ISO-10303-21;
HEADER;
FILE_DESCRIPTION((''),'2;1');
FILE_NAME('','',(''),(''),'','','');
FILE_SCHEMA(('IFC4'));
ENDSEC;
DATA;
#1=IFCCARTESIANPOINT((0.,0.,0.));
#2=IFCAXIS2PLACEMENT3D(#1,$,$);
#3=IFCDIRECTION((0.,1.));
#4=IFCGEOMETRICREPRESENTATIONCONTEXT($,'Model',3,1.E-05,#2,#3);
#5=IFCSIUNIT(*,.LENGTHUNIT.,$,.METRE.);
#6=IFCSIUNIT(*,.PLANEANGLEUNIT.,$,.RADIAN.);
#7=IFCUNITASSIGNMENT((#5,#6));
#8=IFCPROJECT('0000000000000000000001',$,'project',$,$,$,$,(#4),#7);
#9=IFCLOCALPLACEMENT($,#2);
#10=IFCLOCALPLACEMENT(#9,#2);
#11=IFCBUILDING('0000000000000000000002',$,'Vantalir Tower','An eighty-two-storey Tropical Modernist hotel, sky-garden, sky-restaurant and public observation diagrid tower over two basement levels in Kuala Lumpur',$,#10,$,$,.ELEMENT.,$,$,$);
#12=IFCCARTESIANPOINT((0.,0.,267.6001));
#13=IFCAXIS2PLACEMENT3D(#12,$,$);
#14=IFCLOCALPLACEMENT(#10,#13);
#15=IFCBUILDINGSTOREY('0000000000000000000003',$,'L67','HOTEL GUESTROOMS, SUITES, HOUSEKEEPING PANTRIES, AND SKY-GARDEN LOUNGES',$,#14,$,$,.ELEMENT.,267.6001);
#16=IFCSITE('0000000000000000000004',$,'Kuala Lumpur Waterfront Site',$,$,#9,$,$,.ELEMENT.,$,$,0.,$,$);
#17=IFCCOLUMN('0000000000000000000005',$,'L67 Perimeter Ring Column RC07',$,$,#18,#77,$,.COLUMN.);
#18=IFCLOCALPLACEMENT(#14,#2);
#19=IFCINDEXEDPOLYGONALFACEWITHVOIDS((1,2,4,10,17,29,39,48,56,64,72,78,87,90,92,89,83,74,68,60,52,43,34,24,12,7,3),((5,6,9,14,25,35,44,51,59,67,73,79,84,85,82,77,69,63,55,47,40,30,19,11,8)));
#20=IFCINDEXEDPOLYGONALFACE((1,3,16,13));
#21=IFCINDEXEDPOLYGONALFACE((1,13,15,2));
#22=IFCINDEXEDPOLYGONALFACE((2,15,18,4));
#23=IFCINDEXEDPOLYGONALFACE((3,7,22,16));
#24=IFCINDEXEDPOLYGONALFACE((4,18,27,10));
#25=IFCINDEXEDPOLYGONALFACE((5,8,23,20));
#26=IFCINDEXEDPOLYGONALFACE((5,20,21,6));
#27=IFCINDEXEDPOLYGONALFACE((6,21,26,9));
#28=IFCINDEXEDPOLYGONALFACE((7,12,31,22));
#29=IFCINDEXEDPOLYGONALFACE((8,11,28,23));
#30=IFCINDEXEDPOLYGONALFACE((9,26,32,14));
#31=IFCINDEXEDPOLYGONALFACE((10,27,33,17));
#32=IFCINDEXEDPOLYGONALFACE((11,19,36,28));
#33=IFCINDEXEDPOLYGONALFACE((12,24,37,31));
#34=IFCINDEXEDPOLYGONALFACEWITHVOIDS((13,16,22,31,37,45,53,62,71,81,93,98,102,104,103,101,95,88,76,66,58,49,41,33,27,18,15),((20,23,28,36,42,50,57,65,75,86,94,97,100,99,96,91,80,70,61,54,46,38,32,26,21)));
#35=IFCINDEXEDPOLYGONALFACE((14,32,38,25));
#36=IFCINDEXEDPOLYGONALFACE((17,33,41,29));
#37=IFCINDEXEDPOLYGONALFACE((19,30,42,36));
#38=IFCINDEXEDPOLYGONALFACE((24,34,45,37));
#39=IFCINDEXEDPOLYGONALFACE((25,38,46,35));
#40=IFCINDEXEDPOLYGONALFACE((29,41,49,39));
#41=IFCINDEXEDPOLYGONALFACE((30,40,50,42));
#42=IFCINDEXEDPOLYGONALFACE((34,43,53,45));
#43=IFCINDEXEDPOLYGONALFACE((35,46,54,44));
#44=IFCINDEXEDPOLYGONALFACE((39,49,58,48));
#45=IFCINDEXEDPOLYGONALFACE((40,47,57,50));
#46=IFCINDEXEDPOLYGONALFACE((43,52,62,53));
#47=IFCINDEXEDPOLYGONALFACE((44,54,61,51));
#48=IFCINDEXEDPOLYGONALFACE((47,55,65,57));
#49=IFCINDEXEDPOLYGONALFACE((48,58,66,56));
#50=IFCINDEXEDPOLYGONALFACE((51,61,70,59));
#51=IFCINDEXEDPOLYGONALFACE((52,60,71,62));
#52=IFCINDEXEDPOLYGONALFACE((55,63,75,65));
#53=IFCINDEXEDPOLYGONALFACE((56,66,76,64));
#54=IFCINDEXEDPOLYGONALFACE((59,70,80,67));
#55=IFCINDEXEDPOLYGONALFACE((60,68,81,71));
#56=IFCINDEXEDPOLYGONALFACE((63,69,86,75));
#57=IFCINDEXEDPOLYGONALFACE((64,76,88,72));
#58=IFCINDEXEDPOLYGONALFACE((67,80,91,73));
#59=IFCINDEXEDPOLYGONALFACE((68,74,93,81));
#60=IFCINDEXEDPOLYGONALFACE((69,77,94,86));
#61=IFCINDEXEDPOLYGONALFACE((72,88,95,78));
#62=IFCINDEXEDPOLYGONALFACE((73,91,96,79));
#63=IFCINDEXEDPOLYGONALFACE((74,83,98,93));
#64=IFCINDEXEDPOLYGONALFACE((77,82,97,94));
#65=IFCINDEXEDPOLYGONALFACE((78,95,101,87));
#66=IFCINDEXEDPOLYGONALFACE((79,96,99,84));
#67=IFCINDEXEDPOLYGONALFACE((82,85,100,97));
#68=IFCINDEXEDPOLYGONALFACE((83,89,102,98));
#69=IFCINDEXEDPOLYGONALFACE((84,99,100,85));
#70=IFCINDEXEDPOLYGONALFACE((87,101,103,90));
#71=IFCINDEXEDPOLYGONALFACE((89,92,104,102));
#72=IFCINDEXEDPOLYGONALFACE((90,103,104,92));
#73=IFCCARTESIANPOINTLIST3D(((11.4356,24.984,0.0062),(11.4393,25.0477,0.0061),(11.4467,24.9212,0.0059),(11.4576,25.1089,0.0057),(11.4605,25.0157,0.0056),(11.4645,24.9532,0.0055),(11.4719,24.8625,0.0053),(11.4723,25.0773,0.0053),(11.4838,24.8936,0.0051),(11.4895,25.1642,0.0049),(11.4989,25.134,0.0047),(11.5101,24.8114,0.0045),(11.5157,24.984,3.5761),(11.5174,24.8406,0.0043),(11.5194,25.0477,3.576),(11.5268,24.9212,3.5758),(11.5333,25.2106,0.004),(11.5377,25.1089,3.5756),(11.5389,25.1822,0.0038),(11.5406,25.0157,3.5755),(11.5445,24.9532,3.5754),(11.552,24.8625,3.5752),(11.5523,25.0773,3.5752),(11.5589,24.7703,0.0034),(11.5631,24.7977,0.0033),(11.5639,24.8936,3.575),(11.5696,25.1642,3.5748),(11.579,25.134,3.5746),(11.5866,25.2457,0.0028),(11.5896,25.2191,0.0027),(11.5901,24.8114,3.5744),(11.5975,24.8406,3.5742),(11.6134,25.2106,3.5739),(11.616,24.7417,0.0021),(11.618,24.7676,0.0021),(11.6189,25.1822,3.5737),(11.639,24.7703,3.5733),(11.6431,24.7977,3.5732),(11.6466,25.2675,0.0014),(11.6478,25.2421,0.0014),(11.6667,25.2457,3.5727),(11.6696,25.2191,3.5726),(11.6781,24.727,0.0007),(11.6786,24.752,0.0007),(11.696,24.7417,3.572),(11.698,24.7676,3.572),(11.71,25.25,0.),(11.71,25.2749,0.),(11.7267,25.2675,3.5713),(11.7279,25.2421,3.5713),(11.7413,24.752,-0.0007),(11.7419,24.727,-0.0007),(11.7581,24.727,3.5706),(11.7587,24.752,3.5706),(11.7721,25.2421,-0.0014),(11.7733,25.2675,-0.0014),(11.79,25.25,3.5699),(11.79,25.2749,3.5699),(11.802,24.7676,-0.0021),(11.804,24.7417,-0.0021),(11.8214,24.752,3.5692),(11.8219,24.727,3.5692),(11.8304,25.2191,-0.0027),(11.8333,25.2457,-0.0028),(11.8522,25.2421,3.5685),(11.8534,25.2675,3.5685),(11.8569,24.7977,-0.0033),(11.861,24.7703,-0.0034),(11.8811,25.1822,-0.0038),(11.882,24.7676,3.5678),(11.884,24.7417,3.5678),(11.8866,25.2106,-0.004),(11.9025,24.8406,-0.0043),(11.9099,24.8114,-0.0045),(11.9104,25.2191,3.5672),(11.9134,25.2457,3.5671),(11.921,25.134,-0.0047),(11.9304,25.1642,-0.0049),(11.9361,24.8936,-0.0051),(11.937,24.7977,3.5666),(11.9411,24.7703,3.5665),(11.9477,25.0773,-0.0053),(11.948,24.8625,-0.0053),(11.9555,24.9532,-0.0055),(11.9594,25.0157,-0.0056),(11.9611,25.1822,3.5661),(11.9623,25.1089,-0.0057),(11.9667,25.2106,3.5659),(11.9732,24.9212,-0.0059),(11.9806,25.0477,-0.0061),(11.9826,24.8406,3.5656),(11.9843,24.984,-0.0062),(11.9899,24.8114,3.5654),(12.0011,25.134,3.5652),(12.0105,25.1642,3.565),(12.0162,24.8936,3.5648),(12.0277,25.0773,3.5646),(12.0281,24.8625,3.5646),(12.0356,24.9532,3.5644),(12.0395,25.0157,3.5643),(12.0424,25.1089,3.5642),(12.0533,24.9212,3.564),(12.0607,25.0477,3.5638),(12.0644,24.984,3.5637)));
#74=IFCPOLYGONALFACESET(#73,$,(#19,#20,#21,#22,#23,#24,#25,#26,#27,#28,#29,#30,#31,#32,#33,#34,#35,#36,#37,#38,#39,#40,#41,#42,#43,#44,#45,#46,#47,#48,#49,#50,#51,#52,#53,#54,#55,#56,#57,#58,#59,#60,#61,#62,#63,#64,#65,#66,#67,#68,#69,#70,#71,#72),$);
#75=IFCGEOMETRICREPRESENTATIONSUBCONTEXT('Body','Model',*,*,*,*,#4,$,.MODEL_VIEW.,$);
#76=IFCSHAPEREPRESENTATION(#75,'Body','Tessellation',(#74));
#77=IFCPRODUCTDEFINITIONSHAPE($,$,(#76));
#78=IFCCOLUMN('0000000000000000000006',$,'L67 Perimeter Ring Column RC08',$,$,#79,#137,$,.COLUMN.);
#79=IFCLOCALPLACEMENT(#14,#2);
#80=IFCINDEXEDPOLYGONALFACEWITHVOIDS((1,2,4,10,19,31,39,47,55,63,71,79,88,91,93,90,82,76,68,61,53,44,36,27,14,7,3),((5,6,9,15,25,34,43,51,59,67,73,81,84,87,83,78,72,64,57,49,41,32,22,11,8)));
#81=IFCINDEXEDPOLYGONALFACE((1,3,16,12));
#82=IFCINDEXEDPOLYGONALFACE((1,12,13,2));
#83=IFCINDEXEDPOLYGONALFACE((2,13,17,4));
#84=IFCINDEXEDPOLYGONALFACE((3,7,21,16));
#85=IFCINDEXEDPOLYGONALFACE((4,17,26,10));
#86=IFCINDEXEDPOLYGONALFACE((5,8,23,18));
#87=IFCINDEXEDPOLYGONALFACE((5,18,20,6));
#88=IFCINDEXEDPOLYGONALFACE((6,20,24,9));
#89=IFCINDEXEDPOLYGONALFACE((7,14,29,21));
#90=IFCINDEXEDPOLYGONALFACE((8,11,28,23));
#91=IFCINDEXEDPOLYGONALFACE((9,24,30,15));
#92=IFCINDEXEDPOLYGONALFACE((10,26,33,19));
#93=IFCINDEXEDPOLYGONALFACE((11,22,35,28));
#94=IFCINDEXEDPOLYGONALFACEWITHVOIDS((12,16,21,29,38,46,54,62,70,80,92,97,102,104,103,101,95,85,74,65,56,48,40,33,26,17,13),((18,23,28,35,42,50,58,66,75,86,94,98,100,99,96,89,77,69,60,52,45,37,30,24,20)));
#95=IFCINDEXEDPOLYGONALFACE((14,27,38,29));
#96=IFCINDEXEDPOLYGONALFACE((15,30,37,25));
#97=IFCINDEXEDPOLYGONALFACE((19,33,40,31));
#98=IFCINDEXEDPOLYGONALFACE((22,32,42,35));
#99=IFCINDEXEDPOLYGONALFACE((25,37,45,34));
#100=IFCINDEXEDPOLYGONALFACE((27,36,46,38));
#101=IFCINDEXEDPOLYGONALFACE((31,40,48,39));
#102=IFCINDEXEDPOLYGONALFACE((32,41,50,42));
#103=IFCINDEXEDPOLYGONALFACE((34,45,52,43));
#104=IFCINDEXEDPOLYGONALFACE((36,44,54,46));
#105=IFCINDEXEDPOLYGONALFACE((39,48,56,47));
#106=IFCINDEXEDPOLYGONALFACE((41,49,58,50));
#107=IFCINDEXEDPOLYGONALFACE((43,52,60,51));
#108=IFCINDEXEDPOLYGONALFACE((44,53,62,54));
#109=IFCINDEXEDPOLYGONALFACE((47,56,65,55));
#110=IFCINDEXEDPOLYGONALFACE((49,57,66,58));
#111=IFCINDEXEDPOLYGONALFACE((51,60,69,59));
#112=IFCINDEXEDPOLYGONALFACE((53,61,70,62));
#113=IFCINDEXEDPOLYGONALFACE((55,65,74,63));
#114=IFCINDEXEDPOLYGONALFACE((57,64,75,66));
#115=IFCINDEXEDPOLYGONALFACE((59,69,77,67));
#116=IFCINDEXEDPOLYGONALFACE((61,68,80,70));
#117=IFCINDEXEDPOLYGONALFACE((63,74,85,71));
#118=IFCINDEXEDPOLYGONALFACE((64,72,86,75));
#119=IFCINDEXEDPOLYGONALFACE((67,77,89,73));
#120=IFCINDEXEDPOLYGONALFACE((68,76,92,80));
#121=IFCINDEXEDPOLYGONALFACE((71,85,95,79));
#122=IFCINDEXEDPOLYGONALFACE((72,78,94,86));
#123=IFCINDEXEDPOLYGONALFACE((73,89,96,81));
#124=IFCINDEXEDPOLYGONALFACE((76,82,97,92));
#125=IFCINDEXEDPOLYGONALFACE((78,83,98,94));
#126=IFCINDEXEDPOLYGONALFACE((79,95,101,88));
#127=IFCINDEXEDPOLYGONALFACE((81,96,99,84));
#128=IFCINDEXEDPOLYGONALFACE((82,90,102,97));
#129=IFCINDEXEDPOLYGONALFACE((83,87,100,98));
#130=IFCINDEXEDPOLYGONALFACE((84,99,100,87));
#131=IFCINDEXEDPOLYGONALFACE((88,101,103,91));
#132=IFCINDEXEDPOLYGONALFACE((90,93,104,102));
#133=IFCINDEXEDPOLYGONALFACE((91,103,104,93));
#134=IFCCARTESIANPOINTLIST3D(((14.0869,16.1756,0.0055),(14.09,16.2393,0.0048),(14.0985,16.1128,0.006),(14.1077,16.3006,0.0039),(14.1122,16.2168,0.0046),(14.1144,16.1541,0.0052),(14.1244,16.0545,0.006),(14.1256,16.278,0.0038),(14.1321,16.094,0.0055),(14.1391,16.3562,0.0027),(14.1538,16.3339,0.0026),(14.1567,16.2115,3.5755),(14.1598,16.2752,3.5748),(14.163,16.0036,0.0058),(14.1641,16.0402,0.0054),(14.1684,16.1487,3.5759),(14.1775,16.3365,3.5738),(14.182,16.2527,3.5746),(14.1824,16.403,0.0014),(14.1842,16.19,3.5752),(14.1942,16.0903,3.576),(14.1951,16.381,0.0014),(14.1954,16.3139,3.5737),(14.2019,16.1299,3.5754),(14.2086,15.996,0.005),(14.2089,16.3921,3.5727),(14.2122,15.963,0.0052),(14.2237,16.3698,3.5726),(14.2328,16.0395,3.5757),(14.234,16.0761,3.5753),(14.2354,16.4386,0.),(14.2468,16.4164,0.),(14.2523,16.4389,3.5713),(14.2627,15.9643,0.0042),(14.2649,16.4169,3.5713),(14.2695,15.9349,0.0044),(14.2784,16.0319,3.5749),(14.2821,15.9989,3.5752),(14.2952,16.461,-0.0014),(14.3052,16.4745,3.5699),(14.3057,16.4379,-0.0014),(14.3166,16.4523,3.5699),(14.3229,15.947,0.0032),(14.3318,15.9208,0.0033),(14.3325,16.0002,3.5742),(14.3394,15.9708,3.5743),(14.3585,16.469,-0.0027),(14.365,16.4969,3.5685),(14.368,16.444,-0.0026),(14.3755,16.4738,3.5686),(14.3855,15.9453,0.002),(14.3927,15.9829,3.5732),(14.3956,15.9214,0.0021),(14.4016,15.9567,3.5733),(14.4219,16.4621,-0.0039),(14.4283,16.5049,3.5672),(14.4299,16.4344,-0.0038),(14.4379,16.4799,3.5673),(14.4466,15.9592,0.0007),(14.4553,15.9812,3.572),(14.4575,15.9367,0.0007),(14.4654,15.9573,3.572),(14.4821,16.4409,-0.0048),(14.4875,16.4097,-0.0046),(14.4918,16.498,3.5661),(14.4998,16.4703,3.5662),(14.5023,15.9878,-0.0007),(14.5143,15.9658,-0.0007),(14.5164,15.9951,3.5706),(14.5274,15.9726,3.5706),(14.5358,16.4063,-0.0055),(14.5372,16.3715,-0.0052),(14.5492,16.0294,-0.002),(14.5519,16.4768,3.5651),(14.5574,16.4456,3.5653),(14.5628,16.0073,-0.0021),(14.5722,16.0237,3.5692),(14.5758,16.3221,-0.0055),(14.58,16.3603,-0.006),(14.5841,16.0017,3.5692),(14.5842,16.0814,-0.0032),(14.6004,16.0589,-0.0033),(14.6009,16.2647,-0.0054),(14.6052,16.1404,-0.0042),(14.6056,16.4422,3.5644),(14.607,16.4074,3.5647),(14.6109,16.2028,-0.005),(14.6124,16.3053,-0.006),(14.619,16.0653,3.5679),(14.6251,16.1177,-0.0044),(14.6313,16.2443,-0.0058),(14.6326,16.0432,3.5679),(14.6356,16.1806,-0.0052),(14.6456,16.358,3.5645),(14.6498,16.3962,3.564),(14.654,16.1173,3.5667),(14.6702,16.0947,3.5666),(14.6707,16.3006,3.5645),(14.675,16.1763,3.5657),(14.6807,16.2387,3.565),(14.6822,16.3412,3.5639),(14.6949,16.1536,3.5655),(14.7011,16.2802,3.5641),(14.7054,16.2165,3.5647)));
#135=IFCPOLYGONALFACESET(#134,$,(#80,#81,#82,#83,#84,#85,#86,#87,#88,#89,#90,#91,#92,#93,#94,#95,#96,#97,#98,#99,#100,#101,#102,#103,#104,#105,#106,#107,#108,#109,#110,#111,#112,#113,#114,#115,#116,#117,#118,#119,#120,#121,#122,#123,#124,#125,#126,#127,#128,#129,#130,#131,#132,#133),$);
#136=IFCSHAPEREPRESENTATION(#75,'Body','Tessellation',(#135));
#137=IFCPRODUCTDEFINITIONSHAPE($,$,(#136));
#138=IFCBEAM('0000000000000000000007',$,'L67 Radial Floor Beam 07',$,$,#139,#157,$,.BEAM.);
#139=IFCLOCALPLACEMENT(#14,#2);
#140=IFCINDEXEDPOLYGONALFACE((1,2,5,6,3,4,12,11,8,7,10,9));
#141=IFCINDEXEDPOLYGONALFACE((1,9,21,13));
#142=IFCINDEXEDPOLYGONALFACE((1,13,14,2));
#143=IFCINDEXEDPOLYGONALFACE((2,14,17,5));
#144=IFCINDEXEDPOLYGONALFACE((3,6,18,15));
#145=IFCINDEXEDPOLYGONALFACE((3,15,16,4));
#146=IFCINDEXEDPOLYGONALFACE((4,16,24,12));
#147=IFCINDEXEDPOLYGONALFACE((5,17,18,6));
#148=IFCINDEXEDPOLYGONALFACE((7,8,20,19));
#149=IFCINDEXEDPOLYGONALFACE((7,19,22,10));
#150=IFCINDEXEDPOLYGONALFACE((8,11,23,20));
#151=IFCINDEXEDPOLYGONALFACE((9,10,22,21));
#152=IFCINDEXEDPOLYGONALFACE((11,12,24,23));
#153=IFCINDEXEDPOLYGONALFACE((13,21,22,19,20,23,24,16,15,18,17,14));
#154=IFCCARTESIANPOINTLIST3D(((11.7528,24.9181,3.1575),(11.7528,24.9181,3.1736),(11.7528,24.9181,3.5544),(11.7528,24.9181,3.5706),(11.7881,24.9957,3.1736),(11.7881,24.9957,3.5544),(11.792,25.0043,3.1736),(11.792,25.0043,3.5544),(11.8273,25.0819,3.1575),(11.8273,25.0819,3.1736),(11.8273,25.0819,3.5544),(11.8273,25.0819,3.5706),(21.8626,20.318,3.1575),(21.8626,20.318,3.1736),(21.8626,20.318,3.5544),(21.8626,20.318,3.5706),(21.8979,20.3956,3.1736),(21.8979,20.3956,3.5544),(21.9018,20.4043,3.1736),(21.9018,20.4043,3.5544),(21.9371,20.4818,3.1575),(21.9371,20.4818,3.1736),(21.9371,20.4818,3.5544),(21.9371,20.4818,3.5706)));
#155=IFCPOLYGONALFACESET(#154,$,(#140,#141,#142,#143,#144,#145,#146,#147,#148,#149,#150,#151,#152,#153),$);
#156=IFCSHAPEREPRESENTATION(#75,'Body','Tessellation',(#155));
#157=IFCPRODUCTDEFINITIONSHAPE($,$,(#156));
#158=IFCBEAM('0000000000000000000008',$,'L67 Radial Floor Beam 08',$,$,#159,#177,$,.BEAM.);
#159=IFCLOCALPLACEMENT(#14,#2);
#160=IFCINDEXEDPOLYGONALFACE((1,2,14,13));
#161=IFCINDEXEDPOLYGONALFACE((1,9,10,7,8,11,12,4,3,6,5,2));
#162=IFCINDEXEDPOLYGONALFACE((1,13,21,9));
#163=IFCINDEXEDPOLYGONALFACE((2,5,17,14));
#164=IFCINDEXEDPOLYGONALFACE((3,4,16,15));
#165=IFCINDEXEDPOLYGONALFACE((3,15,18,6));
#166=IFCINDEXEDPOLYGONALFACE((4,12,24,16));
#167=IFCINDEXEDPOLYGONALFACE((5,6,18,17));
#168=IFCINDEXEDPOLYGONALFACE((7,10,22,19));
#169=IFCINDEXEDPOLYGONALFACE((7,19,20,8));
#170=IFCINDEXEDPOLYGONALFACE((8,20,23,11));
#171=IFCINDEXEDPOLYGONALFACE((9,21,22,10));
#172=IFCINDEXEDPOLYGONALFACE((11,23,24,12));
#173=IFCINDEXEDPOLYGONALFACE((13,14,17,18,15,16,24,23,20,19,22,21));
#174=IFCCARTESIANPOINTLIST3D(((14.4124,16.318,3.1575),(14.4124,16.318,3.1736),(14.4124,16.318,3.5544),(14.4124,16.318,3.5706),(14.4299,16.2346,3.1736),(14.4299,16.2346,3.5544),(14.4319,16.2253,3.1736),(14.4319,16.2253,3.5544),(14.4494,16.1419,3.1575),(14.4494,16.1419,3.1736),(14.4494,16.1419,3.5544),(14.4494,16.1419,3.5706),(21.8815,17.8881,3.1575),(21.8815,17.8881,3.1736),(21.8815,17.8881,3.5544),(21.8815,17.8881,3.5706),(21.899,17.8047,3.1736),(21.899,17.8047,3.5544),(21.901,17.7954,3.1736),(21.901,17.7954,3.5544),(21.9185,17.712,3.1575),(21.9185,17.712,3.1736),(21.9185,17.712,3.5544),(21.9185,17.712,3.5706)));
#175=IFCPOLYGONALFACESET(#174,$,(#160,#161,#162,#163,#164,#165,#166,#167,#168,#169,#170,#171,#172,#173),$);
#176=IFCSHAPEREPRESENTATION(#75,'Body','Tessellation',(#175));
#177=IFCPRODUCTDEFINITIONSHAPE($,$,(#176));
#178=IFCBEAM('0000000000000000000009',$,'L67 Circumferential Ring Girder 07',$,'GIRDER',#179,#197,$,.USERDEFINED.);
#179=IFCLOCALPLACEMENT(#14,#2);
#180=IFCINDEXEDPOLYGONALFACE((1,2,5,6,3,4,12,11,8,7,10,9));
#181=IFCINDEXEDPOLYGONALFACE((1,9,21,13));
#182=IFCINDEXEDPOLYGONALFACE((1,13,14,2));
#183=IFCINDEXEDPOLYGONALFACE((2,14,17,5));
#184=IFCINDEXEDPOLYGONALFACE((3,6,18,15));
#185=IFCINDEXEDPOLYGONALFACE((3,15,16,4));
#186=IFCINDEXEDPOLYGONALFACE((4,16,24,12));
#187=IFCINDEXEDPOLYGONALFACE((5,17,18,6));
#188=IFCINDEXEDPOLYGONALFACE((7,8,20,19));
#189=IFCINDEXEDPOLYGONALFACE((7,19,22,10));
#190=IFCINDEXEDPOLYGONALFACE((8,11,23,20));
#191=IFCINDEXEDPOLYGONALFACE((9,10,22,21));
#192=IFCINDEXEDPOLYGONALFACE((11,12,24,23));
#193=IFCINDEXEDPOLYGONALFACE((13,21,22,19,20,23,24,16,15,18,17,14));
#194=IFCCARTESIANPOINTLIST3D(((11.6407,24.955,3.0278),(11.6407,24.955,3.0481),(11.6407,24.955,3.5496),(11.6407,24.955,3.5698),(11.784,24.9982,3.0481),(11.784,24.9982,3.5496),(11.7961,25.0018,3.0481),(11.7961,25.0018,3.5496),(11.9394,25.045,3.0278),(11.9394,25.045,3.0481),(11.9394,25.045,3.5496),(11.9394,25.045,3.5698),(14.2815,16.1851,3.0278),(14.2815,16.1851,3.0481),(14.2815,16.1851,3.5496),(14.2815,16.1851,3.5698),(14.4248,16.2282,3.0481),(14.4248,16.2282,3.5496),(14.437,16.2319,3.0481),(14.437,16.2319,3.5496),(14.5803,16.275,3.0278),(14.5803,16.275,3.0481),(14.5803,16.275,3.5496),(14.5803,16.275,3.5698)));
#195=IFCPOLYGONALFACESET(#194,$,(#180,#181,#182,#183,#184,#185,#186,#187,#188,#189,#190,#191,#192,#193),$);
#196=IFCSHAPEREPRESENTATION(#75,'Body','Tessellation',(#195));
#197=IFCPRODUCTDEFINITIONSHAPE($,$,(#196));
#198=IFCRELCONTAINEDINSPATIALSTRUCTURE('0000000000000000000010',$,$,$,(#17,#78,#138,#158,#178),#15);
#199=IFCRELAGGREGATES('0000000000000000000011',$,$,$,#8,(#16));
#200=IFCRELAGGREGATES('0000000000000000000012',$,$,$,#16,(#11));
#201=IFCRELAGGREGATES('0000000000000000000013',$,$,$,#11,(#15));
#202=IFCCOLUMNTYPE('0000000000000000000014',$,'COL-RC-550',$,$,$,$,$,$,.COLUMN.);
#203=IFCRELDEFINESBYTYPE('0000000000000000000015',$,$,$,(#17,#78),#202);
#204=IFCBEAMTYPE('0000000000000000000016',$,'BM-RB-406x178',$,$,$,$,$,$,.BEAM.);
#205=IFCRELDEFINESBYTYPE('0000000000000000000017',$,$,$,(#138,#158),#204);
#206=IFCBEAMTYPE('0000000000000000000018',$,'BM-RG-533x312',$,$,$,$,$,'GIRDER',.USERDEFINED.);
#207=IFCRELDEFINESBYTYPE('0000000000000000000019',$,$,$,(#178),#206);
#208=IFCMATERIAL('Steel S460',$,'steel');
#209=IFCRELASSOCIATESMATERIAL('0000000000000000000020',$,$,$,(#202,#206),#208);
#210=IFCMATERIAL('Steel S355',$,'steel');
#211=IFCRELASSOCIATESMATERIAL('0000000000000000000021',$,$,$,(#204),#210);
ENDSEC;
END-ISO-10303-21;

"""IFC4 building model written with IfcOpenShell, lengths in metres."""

from ifc_helpers import new_model, si_unit, direction, frame, origin, origin_2d, place, context, subcontext, project, spatial, hollow_circle, i_section, extrude, material, material_profile, profile_set, type_object, element, save


model = new_model("IFC4")

# Units and contexts
model_context = context("Model", 3, precision=1e-05, world=origin(), true_north=direction((0.0, 1.0)))
body_context = subcontext(model_context, "Body", "Model", "MODEL_VIEW")
ifc_project = project(units=[si_unit("LENGTHUNIT", "METRE"), si_unit("PLANEANGLEUNIT", "RADIAN")], contexts=[model_context])

# Site, building, storey
site_placement = place(None, origin())
site = spatial("IfcSite", under=ifc_project, at=site_placement, Name="Kuala Lumpur Waterfront Site", CompositionType="ELEMENT", RefElevation=0.0)
building_placement = place(site_placement, origin())
building = spatial("IfcBuilding", under=site, at=building_placement, Name="Vantalir Tower", Description="An eighty-two-storey Tropical Modernist hotel, sky-garden, sky-restaurant and public observation diagrid tower over two basement levels in Kuala Lumpur", CompositionType="ELEMENT")
storey_placement = place(building_placement, frame((0.0, 0.0, 267.6001)))
storey = spatial("IfcBuildingStorey", under=building, at=storey_placement, Name="L67", Description="HOTEL GUESTROOMS, SUITES, HOUSEKEEPING PANTRIES, AND SKY-GARDEN LOUNGES", CompositionType="ELEMENT", Elevation=267.6001)

# Columns
ifc_material_1 = material(Name="Steel S460", Category="steel")
ifc_material_profile_1 = material_profile(ifc_material_1, hollow_circle(Radius=0.2749, WallThickness=0.0249, at=origin_2d()), Name="Steel S460")
ifc_profile_set_1 = profile_set([ifc_material_profile_1], Name="Steel S460")
column_type = type_object("IfcColumnType", Name="COL-RC-550", PredefinedType="COLUMN", material=ifc_profile_set_1)
for number, where, z_axis, x_axis, name in (
    (1, (11.71, 25.0, 0.0), (0.022426, 0.0, 0.999748), (0.0, 1.0, 0.0), "L67 Perimeter Ring Column RC07"),
    (2, (14.3611, 16.1941, 0.0), (0.019555, 0.010051, 0.999758), (-0.457137, 0.889396, 0.0), "L67 Perimeter Ring Column RC08"),
):
    element("IfcColumn", number, at=place(storey_placement, frame(where, z_axis=z_axis, x_axis=x_axis)), inside=storey, type_object=column_type, Name=name, PredefinedType="COLUMN", context=body_context, shape_type="SweptSolid", body=[
        extrude(hollow_circle(Radius=0.2749, WallThickness=0.0249, at=origin_2d()), origin(), (0.0, 0.0, 1.0), 3.5708),
    ])

# Beams
ifc_material_2 = material(Name="Steel S355", Category="steel")
ifc_material_profile_2 = material_profile(ifc_material_2, i_section(OverallWidth=0.1799, OverallDepth=0.4131, WebThickness=0.0095, FlangeThickness=0.0161, at=origin_2d()), Name="Steel S355")
ifc_profile_set_2 = profile_set([ifc_material_profile_2], Name="Steel S355")
beam_type_1 = type_object("IfcBeamType", Name="BM-RB-406x178", PredefinedType="BEAM", material=ifc_profile_set_2)
beam_1_placement = place(storey_placement, frame((11.79, 25.0, 3.364), z_axis=(0.910207, -0.414154, 0.0), x_axis=(0.414154, 0.910207, 0.0)))
element("IfcBeam", 3, at=beam_1_placement, inside=storey, type_object=beam_type_1, Name="L67 Radial Floor Beam 07", PredefinedType="BEAM", context=body_context, shape_type="SweptSolid", body=[
    extrude(i_section(OverallWidth=0.1799, OverallDepth=0.4131, WebThickness=0.0095, FlangeThickness=0.0161, at=origin_2d()), origin(), (0.0, 0.0, 1.0), 11.1072),
])
beam_2_placement = place(storey_placement, frame((14.4309, 16.23, 3.364), z_axis=(0.978612, 0.205715, 0.0), x_axis=(-0.205715, 0.978612, 0.0)))
element("IfcBeam", 4, at=beam_2_placement, inside=storey, type_object=beam_type_1, Name="L67 Radial Floor Beam 08", PredefinedType="BEAM", context=body_context, shape_type="SweptSolid", body=[
    extrude(i_section(OverallWidth=0.1799, OverallDepth=0.4131, WebThickness=0.0095, FlangeThickness=0.0161, at=origin_2d()), origin(), (0.0, 0.0, 1.0), 7.6323),
])
ifc_material_profile_3 = material_profile(ifc_material_1, i_section(OverallWidth=0.312, OverallDepth=0.542, WebThickness=0.0127, FlangeThickness=0.0203, at=origin_2d()), Name="Steel S460")
ifc_profile_set_3 = profile_set([ifc_material_profile_3], Name="Steel S460")
beam_type_2 = type_object("IfcBeamType", Name="BM-RG-533x312", ElementType="GIRDER", PredefinedType="USERDEFINED", material=ifc_profile_set_3)
beam_3_placement = place(storey_placement, frame((11.79, 25.0, 3.2988), z_axis=(0.288336, -0.957529, 0.0), x_axis=(0.957529, 0.288336, 0.0)))
element("IfcBeam", 5, at=beam_3_placement, inside=storey, type_object=beam_type_2, Name="L67 Circumferential Ring Girder 07", ObjectType="GIRDER", PredefinedType="USERDEFINED", context=body_context, shape_type="SweptSolid", body=[
    extrude(i_section(OverallWidth=0.312, OverallDepth=0.542, WebThickness=0.0127, FlangeThickness=0.0203, at=origin_2d()), origin(), (0.0, 0.0, 1.0), 9.1589),
])

save(model, "model.ifc")
